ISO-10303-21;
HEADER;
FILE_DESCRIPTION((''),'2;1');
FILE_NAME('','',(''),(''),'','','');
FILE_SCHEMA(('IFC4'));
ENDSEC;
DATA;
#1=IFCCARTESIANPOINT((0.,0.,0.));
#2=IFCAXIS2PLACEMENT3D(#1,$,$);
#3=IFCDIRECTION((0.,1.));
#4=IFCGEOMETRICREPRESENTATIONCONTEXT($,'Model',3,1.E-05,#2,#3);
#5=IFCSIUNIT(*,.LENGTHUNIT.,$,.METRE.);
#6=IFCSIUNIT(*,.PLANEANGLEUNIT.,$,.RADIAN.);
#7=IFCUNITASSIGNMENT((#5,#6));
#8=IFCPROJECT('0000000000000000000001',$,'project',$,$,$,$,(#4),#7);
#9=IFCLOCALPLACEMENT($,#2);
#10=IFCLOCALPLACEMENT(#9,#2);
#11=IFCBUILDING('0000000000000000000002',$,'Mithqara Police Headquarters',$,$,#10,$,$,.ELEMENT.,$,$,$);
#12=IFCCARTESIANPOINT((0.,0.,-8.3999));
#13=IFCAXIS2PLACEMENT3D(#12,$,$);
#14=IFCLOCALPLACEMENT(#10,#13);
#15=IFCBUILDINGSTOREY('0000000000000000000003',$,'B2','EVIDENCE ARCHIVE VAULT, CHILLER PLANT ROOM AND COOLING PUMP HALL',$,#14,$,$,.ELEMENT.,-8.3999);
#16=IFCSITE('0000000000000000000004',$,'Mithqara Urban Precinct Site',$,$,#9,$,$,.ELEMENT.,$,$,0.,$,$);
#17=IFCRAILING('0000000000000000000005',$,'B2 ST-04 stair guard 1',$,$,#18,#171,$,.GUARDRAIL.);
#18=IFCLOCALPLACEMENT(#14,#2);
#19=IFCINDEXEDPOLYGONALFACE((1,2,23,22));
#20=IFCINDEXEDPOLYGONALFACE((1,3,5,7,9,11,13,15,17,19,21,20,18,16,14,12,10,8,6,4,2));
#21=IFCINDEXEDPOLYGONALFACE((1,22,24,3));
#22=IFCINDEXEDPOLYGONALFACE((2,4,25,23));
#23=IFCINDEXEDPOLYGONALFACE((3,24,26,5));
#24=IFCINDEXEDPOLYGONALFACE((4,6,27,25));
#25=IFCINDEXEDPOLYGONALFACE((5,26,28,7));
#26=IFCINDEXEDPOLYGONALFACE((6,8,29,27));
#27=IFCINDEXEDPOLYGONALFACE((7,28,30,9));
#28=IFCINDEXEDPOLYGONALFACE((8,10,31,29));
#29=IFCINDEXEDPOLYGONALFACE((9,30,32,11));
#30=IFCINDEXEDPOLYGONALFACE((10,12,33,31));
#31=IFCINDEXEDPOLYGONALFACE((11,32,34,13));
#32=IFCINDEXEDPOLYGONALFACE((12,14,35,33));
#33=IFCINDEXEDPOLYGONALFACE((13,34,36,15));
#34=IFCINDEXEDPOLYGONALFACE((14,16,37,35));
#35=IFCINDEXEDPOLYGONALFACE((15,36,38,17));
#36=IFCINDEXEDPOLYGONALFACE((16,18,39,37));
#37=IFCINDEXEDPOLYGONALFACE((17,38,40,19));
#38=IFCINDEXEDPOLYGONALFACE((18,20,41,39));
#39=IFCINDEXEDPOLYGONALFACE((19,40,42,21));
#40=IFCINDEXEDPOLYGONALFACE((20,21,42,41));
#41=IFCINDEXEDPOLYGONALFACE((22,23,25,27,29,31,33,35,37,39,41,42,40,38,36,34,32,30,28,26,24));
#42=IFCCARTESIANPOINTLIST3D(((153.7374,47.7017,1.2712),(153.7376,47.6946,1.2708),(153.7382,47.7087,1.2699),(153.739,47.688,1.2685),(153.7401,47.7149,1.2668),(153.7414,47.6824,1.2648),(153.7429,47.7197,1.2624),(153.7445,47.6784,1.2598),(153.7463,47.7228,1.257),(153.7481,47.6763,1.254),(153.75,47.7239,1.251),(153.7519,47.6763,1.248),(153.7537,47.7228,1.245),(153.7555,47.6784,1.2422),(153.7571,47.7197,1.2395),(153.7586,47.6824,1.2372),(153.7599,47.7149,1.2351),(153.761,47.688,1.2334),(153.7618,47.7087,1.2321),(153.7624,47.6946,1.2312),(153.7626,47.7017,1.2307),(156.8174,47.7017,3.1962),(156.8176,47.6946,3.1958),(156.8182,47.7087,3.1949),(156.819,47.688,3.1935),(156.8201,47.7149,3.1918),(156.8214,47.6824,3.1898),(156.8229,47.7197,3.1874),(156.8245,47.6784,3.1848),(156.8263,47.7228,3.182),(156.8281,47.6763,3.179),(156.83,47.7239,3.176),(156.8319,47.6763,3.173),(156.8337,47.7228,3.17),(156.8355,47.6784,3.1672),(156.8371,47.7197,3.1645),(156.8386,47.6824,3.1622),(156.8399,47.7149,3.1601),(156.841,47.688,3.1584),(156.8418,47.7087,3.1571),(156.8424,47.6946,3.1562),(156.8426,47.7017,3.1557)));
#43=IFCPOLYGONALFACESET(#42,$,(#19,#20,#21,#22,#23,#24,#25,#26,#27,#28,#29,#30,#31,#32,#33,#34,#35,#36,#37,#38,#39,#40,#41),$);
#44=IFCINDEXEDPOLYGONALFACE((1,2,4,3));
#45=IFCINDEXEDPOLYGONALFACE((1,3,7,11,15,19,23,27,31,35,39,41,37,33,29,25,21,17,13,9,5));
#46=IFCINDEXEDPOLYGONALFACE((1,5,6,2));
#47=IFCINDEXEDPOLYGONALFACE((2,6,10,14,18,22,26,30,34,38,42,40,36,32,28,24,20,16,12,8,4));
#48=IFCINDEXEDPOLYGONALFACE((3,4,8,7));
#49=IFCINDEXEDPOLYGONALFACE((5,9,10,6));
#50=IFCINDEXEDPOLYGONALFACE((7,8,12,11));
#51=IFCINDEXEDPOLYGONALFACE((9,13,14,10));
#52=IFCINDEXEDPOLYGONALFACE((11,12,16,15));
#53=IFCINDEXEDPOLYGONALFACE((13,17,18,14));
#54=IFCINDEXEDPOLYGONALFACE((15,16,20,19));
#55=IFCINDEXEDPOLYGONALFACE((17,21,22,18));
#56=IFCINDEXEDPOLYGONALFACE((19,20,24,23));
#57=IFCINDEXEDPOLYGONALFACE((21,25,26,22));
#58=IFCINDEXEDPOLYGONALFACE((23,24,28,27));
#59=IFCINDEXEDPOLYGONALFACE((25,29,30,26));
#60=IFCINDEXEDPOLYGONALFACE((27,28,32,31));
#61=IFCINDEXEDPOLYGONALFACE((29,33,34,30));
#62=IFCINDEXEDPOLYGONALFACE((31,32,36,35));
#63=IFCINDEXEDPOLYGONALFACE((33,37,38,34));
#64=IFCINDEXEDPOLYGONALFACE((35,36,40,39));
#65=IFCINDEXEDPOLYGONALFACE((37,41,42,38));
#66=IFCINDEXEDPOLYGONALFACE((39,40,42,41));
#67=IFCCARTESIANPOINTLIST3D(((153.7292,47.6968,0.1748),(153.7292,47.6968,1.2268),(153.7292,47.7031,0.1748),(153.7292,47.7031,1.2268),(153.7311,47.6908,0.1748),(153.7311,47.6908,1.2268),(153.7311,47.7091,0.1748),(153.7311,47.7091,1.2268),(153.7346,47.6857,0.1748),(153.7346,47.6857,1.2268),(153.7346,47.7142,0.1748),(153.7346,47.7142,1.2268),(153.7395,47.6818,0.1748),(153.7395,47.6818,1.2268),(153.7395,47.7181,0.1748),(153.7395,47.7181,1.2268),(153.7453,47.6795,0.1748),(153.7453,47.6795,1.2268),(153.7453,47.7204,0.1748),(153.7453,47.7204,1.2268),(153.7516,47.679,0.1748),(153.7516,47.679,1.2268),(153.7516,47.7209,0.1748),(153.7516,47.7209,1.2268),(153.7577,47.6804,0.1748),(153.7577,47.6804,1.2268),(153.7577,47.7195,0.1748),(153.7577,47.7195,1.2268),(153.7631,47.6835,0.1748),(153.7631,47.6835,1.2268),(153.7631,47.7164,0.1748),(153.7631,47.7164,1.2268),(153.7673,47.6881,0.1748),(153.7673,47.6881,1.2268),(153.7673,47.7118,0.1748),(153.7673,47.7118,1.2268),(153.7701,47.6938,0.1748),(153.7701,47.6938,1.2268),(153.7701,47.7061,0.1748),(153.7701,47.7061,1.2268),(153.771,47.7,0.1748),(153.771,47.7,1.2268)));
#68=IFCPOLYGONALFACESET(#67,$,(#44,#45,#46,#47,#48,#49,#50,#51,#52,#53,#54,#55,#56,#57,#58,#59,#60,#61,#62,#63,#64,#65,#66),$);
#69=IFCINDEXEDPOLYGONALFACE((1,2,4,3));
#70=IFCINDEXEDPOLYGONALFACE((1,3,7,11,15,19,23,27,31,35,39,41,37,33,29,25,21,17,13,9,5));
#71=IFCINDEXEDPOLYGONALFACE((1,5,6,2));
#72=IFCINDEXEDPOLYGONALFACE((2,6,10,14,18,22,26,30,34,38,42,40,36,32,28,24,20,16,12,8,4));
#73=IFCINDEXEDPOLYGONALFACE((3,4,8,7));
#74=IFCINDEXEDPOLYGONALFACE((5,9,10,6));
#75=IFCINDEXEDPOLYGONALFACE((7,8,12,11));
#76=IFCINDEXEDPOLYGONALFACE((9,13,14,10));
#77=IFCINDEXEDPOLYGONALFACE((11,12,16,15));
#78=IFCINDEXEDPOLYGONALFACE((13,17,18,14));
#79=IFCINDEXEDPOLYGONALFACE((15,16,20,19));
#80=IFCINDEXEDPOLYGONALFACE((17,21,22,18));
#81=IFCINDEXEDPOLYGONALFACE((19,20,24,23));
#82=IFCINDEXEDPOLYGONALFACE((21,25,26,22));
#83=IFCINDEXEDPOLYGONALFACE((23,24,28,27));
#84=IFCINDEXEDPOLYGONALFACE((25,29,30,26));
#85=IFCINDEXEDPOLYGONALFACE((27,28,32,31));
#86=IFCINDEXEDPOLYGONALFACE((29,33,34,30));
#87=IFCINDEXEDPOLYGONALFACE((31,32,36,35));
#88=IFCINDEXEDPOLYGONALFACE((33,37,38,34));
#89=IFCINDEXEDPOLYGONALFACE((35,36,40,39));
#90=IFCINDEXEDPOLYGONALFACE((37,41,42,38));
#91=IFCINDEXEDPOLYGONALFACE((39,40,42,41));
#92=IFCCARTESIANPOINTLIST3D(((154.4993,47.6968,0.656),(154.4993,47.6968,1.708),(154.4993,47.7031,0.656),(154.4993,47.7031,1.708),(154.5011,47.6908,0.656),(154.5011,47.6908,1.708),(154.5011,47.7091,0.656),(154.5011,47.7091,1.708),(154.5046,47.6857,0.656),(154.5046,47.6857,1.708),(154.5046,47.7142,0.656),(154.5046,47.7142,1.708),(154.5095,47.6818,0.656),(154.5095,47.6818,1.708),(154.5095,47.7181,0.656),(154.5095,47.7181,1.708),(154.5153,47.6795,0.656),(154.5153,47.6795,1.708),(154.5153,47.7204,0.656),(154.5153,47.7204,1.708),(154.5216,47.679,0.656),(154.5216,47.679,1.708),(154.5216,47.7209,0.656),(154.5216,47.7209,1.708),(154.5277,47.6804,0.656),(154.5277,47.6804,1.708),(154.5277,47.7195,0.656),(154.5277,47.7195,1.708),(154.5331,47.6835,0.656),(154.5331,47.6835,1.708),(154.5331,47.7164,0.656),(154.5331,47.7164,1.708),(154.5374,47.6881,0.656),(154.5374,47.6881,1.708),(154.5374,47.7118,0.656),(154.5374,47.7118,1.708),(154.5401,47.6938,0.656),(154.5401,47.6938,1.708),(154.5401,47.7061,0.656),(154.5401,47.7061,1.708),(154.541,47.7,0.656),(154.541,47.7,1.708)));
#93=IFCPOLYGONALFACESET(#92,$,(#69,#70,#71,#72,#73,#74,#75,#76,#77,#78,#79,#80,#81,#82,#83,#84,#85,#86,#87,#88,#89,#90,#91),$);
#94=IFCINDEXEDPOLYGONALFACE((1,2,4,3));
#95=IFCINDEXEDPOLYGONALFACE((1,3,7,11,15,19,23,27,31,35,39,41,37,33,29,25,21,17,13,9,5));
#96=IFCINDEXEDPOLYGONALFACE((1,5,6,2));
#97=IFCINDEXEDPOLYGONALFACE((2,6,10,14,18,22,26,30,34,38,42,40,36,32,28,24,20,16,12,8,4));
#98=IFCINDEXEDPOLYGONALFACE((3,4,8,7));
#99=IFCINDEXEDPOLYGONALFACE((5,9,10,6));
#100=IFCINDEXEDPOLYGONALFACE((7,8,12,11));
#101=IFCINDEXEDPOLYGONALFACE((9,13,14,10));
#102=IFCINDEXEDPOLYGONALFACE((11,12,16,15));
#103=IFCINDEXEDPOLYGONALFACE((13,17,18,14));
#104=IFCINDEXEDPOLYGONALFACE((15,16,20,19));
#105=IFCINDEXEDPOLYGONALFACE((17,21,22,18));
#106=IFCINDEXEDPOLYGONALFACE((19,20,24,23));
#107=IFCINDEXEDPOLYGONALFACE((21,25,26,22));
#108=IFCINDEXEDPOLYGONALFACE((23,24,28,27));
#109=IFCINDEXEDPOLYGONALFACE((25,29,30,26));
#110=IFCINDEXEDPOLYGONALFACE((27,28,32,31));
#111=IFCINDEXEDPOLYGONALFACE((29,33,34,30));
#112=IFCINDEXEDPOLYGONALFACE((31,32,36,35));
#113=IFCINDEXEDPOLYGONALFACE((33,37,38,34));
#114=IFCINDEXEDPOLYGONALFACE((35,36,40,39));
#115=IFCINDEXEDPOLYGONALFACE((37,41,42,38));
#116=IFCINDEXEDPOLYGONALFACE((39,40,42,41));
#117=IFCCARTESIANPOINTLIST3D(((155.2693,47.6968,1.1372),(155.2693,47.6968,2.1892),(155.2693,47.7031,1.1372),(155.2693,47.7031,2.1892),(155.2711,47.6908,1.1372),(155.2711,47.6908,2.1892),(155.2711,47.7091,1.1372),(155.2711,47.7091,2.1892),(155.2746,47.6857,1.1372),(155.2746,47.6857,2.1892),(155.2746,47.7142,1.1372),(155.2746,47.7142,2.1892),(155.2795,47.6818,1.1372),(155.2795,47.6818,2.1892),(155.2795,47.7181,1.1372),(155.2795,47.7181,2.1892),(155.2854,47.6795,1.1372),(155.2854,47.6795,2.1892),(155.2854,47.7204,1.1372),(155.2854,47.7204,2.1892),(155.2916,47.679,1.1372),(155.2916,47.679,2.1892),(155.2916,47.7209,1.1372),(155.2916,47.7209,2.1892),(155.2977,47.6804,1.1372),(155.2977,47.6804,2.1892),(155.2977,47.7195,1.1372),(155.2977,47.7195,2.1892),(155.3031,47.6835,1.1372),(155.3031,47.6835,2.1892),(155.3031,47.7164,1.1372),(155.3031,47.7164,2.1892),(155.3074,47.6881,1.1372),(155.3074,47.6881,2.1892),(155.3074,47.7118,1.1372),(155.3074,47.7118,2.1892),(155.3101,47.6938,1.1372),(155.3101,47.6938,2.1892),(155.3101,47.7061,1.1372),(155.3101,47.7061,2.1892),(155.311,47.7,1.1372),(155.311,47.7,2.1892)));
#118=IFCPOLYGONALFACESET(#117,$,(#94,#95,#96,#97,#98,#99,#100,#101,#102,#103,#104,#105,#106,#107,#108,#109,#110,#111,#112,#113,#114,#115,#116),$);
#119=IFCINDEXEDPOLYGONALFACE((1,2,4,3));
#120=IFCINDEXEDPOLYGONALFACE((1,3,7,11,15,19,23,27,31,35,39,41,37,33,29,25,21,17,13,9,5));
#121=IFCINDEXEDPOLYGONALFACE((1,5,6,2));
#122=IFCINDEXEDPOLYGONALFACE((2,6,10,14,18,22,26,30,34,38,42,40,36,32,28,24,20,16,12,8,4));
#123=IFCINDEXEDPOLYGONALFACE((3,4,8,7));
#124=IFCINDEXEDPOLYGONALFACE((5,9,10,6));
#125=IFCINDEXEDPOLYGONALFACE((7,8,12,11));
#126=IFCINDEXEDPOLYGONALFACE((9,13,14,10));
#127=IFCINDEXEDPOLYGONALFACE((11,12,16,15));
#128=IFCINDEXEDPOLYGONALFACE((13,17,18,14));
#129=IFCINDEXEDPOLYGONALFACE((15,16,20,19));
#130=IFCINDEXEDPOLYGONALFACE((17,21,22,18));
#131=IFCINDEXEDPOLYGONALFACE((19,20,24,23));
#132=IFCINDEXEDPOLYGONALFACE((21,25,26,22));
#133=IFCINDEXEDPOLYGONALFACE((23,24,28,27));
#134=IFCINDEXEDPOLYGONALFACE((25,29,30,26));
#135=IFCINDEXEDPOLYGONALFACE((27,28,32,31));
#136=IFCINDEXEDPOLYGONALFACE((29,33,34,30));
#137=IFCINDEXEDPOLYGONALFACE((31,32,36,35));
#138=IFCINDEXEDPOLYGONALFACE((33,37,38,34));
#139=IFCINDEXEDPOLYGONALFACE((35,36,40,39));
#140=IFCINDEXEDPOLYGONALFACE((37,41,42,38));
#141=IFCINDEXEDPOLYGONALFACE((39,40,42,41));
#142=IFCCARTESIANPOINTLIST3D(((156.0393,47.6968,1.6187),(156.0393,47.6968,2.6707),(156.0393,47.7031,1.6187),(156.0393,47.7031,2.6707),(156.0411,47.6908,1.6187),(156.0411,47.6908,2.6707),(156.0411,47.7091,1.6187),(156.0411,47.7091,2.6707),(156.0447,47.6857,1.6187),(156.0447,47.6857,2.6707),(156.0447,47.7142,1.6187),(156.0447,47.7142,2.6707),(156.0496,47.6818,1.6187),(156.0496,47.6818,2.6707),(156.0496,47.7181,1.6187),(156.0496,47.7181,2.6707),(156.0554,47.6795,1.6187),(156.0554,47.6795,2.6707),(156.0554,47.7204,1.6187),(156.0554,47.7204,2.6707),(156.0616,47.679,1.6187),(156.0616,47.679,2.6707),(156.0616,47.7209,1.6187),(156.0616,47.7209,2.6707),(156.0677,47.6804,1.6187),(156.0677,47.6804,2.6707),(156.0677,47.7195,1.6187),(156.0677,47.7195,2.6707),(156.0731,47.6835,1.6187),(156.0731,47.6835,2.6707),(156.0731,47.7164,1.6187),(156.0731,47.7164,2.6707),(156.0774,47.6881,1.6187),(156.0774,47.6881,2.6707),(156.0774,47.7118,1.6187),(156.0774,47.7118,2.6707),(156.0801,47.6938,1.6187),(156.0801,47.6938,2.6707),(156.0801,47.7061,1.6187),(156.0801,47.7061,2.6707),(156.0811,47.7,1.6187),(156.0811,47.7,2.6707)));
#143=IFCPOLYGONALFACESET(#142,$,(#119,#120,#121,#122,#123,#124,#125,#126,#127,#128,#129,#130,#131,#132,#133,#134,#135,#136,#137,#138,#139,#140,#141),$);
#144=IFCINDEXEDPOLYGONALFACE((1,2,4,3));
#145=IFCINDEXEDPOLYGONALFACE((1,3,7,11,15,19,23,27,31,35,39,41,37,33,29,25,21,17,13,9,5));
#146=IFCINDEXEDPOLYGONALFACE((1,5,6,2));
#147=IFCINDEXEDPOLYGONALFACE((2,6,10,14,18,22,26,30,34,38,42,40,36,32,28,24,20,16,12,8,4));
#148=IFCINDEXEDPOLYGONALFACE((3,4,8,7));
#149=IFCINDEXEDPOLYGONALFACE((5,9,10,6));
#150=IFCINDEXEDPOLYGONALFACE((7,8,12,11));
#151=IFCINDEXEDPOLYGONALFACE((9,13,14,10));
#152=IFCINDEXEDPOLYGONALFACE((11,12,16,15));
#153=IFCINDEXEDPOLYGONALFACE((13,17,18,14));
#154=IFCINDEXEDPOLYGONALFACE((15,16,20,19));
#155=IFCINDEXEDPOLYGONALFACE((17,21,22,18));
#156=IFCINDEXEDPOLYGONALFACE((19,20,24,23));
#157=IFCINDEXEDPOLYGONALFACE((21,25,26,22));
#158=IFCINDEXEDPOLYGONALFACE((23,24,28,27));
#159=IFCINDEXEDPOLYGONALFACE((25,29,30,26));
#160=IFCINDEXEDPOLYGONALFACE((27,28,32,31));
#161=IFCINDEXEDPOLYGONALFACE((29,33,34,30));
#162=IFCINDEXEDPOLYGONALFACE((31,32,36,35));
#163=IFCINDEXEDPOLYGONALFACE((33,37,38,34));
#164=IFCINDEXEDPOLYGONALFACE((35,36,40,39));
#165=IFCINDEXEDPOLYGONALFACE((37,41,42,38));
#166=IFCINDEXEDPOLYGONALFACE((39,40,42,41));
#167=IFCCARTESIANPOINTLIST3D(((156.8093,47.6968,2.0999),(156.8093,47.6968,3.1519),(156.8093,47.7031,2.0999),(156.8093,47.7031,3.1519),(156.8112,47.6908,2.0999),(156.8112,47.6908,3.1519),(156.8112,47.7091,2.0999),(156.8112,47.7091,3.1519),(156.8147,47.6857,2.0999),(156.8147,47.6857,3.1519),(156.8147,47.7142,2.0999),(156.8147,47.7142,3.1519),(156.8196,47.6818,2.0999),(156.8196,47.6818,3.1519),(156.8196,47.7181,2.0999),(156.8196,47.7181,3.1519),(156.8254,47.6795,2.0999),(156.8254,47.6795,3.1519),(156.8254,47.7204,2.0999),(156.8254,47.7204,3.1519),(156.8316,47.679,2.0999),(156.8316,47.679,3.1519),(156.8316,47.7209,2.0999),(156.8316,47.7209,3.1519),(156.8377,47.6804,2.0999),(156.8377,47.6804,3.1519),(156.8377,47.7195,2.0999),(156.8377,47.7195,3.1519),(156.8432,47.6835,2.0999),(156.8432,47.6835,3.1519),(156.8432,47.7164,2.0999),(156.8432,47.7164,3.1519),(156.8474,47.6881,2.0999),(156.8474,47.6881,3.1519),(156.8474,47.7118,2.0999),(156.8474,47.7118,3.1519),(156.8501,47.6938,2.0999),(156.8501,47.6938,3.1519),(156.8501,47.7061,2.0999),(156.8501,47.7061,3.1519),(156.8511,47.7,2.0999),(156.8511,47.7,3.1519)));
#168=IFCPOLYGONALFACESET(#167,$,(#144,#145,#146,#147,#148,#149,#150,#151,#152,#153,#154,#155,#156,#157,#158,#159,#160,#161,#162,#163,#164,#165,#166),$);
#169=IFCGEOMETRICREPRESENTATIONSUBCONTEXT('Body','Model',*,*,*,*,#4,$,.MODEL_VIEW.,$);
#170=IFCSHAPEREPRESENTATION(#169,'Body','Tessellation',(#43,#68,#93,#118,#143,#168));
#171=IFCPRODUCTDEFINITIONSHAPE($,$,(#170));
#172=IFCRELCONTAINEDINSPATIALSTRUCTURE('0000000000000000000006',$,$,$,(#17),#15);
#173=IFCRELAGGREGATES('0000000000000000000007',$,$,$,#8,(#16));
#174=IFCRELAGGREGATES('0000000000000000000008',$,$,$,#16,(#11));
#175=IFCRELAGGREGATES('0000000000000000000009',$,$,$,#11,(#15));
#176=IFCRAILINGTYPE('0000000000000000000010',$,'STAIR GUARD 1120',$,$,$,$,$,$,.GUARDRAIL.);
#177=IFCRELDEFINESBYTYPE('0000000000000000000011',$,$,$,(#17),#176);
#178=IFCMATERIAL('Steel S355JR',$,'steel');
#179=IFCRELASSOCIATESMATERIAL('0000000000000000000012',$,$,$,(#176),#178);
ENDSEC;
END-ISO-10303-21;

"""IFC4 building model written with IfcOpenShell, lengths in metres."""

from ifc_helpers import new_model, si_unit, direction, frame, origin, origin_2d, place, context, subcontext, project, spatial, circle, extrude, material, type_object, element, save


model = new_model("IFC4")

# Units and contexts
model_context = context("Model", 3, precision=1e-05, world=origin(), true_north=direction((0.0, 1.0)))
body_context = subcontext(model_context, "Body", "Model", "MODEL_VIEW")
ifc_project = project(units=[si_unit("LENGTHUNIT", "METRE"), si_unit("PLANEANGLEUNIT", "RADIAN")], contexts=[model_context])

# Site, building, storey
site_placement = place(None, origin())
site = spatial("IfcSite", under=ifc_project, at=site_placement, Name="Mithqara Urban Precinct Site", CompositionType="ELEMENT", RefElevation=0.0)
building_placement = place(site_placement, origin())
building = spatial("IfcBuilding", under=site, at=building_placement, Name="Mithqara Police Headquarters", CompositionType="ELEMENT")
storey_placement = place(building_placement, frame((0.0, 0.0, -8.3999)))
storey = spatial("IfcBuildingStorey", under=building, at=storey_placement, Name="B2", Description="EVIDENCE ARCHIVE VAULT, CHILLER PLANT ROOM AND COOLING PUMP HALL", CompositionType="ELEMENT", Elevation=-8.3999)

# Railing
ifc_material_1 = material(Name="Steel S355JR", Category="steel")
railing_type_1 = type_object("IfcRailingType", Name="STAIR GUARD 1120", PredefinedType="GUARDRAIL", material=ifc_material_1)
railing_1_placement = place(storey_placement, frame((153.75, 47.7, 0.1748)))
element("IfcRailing", 1, at=railing_1_placement, inside=storey, type_object=railing_type_1, Name="B2 ST-04 stair guard 1", PredefinedType="GUARDRAIL", context=body_context, shape_type="SweptSolid", body=[
    extrude(circle(Radius=0.0239, at=origin_2d()), frame((0.0, 0.0, 1.0762), z_axis=(0.847998, 0.0, 0.529999), x_axis=(0.0, 1.0, 0.0)), (0.0, 0.0, 1.0), 3.6321),
    extrude(circle(Radius=0.021, at=origin_2d()), origin(), (0.0, 0.0, 1.0), 1.052),
    extrude(circle(Radius=0.021, at=origin_2d()), frame((0.77, 0.0, 0.4812)), (0.0, 0.0, 1.0), 1.052),
    extrude(circle(Radius=0.021, at=origin_2d()), frame((1.54, 0.0, 0.9624)), (0.0, 0.0, 1.0), 1.052),
    extrude(circle(Radius=0.021, at=origin_2d()), frame((2.3101, 0.0, 1.4438)), (0.0, 0.0, 1.0), 1.052),
    extrude(circle(Radius=0.021, at=origin_2d()), frame((3.0801, 0.0, 1.925)), (0.0, 0.0, 1.0), 1.052),
])

save(model, "model.ifc")
